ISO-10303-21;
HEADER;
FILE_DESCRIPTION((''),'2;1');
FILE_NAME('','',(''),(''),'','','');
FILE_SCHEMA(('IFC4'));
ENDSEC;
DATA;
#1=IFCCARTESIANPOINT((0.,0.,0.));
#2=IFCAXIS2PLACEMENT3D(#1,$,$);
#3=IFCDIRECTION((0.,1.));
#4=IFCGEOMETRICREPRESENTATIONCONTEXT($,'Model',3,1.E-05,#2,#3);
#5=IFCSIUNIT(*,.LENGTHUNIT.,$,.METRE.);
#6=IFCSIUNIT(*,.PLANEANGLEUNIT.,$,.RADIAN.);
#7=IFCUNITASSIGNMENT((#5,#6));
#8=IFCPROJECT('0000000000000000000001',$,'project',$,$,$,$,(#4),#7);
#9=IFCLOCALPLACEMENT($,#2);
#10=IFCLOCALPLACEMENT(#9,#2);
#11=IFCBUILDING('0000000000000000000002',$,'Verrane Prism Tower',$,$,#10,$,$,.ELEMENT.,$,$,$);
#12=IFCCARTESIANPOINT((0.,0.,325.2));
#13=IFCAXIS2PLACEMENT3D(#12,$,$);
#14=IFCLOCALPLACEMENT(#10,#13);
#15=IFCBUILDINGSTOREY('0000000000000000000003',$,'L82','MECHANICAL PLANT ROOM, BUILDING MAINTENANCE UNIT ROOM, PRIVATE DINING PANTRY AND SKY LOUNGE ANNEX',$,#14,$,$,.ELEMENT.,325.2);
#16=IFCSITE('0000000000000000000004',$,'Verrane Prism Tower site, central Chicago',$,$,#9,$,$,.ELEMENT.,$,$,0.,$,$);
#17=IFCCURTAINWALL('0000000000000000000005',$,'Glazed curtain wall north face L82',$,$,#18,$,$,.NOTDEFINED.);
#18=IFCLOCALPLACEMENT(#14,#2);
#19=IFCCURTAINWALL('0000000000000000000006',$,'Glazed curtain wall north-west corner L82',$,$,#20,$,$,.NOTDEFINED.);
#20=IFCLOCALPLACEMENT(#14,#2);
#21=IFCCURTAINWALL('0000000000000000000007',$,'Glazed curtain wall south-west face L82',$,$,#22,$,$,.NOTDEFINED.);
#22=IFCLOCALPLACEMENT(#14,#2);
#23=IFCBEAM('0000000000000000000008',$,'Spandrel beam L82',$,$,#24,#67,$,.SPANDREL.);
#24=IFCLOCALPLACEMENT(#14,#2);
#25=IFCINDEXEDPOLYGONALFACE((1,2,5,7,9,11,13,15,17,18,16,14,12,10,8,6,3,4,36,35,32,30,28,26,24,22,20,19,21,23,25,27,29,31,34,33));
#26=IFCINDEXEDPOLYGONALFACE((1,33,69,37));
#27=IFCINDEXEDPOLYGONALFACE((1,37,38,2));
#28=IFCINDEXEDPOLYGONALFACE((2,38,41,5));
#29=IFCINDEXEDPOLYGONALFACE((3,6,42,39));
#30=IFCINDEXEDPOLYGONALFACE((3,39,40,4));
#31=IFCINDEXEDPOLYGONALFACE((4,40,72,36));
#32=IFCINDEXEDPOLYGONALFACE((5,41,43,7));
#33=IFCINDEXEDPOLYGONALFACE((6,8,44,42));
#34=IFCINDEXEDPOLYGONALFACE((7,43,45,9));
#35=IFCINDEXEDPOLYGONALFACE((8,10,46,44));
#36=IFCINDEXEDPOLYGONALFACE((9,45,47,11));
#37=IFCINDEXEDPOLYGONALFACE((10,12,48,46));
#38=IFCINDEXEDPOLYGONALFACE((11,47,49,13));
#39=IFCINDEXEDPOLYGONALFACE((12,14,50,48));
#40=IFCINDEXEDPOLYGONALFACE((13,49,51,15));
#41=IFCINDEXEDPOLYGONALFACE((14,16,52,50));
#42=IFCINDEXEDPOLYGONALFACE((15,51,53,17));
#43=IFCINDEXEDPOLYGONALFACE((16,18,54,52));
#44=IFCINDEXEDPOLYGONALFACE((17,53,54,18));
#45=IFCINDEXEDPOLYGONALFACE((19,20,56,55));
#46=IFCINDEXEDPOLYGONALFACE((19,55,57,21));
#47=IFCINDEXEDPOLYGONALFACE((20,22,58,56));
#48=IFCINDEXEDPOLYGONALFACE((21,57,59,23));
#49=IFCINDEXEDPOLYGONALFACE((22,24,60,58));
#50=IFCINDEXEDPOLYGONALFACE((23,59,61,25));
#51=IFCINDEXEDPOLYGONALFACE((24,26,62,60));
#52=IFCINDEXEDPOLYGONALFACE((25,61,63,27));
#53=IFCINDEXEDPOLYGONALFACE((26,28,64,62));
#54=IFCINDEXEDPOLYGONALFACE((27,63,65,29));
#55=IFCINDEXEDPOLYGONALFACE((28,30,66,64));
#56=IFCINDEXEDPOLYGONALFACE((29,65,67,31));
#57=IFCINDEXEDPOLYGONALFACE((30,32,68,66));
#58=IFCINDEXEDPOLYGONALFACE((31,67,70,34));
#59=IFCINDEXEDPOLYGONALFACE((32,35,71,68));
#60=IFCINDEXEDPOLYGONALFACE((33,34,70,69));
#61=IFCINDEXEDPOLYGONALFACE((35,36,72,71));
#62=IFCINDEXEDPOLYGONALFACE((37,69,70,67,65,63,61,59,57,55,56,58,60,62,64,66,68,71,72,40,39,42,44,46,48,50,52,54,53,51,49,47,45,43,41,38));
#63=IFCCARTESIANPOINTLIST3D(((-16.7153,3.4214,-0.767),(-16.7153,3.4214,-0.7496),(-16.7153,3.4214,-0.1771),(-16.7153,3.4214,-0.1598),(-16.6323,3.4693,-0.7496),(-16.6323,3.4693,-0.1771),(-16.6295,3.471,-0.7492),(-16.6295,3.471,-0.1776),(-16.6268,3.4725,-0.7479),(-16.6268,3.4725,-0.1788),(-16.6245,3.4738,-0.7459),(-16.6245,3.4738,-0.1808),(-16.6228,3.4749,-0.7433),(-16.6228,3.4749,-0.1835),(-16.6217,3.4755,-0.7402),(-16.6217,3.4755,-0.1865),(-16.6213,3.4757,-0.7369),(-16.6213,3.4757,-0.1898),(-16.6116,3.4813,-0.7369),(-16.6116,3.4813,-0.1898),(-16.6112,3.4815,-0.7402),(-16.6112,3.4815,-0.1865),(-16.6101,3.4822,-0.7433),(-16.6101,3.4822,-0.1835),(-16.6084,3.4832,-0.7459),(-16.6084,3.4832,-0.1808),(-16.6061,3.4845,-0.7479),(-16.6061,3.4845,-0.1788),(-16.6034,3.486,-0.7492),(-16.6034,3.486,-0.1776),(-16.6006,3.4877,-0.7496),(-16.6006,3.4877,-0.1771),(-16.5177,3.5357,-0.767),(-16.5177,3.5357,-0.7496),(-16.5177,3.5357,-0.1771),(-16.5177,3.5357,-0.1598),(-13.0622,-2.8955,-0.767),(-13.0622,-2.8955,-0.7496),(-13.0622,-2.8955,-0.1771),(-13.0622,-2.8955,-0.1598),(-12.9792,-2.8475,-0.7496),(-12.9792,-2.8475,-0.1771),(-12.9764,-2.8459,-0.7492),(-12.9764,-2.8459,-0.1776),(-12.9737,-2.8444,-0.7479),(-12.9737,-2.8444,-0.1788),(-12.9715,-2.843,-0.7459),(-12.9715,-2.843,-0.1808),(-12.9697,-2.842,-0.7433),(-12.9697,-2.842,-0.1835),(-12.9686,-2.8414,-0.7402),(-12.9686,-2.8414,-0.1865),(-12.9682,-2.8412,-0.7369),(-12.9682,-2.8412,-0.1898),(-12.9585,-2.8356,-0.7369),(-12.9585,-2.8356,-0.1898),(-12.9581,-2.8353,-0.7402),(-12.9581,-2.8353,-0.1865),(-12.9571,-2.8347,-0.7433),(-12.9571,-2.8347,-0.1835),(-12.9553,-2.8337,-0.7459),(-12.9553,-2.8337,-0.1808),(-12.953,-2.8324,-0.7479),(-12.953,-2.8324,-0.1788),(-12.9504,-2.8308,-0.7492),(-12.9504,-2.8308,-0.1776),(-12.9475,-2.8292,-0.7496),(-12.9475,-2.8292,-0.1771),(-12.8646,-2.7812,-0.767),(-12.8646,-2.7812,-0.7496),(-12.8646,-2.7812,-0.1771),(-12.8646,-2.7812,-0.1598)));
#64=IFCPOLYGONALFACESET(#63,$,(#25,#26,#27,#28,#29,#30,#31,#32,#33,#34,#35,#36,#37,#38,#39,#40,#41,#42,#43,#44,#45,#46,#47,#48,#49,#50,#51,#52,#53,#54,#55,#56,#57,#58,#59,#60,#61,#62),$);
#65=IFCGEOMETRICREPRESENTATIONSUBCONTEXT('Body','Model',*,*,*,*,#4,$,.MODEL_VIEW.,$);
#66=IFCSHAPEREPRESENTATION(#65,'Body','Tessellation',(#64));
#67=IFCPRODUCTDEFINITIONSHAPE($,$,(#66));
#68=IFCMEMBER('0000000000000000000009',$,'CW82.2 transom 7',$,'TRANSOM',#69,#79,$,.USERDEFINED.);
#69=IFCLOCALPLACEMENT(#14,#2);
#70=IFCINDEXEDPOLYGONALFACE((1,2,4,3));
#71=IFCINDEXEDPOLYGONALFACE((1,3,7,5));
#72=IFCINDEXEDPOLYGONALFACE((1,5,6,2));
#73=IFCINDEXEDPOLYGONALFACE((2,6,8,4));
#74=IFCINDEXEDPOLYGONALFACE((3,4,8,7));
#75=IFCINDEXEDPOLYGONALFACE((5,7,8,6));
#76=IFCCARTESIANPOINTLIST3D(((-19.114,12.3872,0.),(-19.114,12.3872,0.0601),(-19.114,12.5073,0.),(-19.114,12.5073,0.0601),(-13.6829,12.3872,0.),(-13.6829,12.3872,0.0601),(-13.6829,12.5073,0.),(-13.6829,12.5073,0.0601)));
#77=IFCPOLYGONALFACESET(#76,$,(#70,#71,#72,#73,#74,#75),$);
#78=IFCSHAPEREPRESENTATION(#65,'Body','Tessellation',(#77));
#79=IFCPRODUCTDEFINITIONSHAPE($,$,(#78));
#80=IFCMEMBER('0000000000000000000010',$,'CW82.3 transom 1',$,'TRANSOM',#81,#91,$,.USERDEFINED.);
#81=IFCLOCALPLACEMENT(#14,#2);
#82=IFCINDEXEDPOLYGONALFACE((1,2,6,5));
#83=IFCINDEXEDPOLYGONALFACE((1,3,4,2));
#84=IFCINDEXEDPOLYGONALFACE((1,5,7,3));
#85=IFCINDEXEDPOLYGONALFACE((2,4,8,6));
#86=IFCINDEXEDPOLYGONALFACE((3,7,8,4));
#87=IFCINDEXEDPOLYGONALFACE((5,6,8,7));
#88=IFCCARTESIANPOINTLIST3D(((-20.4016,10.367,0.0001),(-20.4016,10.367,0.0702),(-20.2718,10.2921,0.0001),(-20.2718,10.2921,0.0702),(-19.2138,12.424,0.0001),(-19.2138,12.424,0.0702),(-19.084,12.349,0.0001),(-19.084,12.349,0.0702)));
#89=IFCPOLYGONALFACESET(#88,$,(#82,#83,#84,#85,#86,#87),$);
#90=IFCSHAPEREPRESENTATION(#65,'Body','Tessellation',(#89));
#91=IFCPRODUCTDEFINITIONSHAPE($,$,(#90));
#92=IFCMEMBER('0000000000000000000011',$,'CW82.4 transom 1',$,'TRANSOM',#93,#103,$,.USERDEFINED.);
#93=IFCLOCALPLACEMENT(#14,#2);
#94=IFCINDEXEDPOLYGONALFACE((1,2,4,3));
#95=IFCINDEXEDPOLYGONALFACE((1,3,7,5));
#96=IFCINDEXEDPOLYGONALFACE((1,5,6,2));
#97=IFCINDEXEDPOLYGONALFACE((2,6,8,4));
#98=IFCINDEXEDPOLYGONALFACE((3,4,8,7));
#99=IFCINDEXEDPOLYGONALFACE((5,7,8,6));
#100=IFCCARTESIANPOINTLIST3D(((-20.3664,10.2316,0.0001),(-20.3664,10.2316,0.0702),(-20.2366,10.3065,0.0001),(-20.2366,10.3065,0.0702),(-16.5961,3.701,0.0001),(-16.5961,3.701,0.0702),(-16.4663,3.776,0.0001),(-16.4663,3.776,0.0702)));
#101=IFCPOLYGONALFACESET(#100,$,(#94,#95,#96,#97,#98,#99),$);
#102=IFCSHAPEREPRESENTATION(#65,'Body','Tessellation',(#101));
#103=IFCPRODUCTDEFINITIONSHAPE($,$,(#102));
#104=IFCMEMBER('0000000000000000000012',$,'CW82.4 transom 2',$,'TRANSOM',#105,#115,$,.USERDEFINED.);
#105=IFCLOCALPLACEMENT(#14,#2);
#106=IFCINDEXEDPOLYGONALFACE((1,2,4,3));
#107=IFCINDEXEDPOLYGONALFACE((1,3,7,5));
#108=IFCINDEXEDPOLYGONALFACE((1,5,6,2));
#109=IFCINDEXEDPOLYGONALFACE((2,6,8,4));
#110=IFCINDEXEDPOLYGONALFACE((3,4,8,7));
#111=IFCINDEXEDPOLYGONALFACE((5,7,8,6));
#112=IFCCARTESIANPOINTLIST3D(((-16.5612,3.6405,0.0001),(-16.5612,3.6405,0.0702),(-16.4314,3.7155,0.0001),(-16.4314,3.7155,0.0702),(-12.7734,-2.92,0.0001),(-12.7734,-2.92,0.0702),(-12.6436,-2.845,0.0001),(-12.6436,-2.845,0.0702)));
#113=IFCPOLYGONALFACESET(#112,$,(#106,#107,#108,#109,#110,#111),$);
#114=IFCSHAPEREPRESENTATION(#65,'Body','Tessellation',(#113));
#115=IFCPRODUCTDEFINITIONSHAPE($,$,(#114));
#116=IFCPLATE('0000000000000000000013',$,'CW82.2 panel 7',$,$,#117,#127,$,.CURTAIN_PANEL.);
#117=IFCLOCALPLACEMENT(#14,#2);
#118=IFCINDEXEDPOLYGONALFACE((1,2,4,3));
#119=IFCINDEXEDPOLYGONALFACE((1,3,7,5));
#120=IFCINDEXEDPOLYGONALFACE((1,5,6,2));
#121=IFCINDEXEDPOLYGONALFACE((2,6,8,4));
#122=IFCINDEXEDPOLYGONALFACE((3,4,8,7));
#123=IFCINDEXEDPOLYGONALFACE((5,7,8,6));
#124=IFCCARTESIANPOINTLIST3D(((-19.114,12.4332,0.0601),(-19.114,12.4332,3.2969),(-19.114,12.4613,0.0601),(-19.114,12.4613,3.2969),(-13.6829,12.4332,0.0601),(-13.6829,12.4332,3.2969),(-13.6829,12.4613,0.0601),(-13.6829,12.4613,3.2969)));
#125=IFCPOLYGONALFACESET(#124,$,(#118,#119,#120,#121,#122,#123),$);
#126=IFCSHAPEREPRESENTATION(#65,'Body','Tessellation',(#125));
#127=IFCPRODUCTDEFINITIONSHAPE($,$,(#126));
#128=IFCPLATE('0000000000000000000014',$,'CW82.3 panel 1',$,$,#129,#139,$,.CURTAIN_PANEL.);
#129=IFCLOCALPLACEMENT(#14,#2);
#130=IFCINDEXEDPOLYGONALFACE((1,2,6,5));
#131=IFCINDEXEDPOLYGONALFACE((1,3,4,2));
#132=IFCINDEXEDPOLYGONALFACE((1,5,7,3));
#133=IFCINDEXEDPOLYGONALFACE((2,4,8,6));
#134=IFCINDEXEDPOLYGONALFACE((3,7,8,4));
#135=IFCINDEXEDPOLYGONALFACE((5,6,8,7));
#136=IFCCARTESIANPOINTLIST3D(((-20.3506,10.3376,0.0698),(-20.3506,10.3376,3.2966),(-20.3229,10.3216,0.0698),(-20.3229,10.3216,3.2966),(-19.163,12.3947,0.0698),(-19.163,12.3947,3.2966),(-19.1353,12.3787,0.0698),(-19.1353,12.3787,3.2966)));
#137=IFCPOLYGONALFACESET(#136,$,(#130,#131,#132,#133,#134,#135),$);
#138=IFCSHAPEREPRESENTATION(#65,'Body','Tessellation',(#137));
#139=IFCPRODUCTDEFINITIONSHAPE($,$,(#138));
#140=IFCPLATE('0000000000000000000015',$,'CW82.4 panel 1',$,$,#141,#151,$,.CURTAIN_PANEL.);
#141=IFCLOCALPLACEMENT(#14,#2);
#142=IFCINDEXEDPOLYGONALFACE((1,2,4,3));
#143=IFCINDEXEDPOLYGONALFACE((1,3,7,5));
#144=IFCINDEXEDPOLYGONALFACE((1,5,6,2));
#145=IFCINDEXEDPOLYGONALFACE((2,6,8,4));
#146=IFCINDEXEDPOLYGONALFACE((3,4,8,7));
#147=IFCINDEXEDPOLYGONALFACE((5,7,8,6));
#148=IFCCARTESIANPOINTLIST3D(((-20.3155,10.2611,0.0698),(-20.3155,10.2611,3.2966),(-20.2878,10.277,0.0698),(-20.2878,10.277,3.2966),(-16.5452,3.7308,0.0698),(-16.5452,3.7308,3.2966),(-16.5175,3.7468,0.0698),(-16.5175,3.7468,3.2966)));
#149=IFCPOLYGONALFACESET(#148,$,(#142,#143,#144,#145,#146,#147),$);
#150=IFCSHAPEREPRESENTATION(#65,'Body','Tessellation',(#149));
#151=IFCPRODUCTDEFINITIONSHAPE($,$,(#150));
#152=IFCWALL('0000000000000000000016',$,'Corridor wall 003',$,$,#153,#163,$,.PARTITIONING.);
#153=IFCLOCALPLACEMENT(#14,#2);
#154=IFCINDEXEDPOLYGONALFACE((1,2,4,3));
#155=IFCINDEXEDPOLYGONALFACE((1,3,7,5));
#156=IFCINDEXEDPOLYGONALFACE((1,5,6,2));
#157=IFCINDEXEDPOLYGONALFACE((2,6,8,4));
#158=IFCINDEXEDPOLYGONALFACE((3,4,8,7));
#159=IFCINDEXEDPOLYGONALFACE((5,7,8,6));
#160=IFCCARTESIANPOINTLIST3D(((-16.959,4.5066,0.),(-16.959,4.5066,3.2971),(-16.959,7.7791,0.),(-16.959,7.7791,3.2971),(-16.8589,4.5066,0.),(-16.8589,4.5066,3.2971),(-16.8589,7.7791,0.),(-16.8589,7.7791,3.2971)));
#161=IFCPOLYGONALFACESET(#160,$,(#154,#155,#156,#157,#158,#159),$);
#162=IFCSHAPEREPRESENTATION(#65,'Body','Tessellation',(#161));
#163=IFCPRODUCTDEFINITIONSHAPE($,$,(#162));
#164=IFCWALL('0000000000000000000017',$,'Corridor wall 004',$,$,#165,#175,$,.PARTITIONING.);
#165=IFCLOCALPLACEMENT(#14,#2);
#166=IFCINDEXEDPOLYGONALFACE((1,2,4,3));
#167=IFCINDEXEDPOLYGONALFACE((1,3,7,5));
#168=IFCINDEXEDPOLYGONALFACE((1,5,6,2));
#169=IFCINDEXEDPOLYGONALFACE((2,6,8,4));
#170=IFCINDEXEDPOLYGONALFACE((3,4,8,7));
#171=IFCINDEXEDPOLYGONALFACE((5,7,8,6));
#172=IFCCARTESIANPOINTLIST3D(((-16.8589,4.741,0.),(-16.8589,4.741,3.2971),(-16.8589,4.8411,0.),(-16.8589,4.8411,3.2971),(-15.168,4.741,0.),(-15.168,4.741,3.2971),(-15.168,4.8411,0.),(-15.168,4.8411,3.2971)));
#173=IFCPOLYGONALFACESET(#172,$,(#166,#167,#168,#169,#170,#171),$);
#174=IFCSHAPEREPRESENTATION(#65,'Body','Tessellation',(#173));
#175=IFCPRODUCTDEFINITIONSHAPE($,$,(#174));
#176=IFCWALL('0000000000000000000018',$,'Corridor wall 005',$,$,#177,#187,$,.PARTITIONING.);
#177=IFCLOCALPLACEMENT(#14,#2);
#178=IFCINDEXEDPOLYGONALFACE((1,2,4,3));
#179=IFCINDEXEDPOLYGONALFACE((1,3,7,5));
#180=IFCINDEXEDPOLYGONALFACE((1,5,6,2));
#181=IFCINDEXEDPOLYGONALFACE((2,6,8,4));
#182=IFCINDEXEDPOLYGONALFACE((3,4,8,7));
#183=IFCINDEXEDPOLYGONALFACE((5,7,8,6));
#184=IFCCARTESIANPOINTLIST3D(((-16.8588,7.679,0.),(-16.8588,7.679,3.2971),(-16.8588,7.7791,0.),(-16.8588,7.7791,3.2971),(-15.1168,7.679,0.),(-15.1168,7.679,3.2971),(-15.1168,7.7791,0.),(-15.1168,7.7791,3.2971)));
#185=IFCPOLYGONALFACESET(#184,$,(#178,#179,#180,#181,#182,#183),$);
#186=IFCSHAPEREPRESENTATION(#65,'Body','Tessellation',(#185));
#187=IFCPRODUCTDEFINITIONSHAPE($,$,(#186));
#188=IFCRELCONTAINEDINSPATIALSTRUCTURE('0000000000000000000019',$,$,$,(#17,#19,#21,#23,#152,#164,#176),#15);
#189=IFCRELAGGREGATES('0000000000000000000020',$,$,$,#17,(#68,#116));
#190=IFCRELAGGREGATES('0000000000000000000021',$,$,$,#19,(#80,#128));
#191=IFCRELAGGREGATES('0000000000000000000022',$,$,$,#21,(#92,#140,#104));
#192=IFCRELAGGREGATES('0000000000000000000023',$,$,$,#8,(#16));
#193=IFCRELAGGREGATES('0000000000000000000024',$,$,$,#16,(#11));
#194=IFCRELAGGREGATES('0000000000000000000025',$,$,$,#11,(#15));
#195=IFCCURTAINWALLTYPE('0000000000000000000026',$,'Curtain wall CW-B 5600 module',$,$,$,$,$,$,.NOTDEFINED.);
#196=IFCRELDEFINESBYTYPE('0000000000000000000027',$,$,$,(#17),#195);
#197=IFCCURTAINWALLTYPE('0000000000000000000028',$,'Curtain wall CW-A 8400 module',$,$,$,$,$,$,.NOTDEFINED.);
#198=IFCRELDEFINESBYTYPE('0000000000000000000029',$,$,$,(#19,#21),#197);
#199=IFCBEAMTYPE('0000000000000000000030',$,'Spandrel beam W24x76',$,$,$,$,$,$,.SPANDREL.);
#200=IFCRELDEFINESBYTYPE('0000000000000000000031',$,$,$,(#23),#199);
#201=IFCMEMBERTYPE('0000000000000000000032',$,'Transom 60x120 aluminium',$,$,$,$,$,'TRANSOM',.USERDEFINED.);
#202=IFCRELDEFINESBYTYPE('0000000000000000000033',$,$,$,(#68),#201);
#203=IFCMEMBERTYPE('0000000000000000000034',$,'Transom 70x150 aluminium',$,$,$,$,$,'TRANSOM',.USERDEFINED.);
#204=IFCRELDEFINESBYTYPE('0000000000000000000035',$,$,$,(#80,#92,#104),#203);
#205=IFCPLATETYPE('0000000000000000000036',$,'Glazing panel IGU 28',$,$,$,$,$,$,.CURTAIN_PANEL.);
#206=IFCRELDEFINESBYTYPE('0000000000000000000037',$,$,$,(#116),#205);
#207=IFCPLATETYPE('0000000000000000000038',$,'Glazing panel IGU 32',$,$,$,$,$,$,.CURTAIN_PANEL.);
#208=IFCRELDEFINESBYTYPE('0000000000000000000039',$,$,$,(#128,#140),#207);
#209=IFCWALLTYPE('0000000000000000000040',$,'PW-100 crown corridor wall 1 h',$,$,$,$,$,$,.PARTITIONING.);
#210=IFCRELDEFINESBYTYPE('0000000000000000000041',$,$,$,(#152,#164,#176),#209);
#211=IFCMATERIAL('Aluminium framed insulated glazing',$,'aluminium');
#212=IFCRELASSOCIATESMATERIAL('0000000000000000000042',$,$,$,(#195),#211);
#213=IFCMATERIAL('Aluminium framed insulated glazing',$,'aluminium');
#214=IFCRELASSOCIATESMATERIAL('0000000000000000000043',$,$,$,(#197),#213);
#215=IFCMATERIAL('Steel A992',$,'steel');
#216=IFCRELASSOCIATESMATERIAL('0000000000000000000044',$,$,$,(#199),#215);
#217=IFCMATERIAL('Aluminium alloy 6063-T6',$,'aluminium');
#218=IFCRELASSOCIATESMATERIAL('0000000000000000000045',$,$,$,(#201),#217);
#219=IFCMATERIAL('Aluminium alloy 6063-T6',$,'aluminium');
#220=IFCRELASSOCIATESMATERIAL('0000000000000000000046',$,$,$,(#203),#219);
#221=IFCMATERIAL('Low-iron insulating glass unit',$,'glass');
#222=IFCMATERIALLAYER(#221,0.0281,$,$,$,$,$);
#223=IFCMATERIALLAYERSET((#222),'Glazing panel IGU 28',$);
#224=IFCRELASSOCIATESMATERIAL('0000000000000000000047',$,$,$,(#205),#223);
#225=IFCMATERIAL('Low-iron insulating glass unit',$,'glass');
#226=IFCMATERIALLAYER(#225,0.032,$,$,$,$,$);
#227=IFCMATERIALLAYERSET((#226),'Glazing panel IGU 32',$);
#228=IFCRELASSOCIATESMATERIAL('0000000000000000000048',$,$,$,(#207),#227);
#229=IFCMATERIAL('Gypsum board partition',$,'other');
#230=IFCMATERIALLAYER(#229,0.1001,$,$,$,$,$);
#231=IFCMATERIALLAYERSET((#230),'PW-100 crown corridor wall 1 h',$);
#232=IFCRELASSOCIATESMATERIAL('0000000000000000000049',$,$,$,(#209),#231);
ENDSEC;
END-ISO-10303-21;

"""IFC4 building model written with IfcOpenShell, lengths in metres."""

from ifc_helpers import new_model, si_unit, direction, frame, frame_2d, origin, origin_2d, place, context, subcontext, project, spatial, rectangle, i_section, extrude, material, layer, layer_set, material_profile, profile_set, type_object, element, aggregate, save


model = new_model("IFC4")

# Units and contexts
model_context = context("Model", 3, precision=1e-05, world=origin(), true_north=direction((0.0, 1.0)))
body_context = subcontext(model_context, "Body", "Model", "MODEL_VIEW")
ifc_project = project(units=[si_unit("LENGTHUNIT", "METRE"), si_unit("PLANEANGLEUNIT", "RADIAN")], contexts=[model_context])

# Site, building, storey
site_placement = place(None, origin())
site = spatial("IfcSite", under=ifc_project, at=site_placement, Name="Verrane Prism Tower site, central Chicago", CompositionType="ELEMENT", RefElevation=0.0)
building_placement = place(site_placement, origin())
building = spatial("IfcBuilding", under=site, at=building_placement, Name="Verrane Prism Tower", CompositionType="ELEMENT")
storey_placement = place(building_placement, frame((0.0, 0.0, 325.2)))
storey = spatial("IfcBuildingStorey", under=building, at=storey_placement, Name="L82", Description="MECHANICAL PLANT ROOM, BUILDING MAINTENANCE UNIT ROOM, PRIVATE DINING PANTRY AND SKY LOUNGE ANNEX", CompositionType="ELEMENT", Elevation=325.2)

# Curtain walls
ifc_material_1 = material(Name="Aluminium framed insulated glazing", Category="aluminium")
curtain_wall_type_1 = type_object("IfcCurtainWallType", Name="Curtain wall CW-B 5600 module", PredefinedType="NOTDEFINED", material=ifc_material_1)
curtain_wall_1_placement = place(storey_placement, origin())
curtain_wall_1 = element("IfcCurtainWall", 1, at=curtain_wall_1_placement, inside=storey, type_object=curtain_wall_type_1, Name="Glazed curtain wall north face L82", PredefinedType="NOTDEFINED")
ifc_material_2 = material(Name="Aluminium framed insulated glazing", Category="aluminium")
curtain_wall_type_2 = type_object("IfcCurtainWallType", Name="Curtain wall CW-A 8400 module", PredefinedType="NOTDEFINED", material=ifc_material_2)
curtain_wall_2_placement = place(storey_placement, origin())
curtain_wall_2 = element("IfcCurtainWall", 2, at=curtain_wall_2_placement, inside=storey, type_object=curtain_wall_type_2, Name="Glazed curtain wall north-west corner L82", PredefinedType="NOTDEFINED")

# Curtain wall
curtain_wall_3_placement = place(storey_placement, origin())
curtain_wall_3 = element("IfcCurtainWall", 3, at=curtain_wall_3_placement, inside=storey, type_object=curtain_wall_type_2, Name="Glazed curtain wall south-west face L82", PredefinedType="NOTDEFINED")

# Beam
ifc_material_3 = material(Name="Steel A992", Category="steel")
ifc_material_profile_1 = material_profile(ifc_material_3, i_section(OverallWidth=0.2283, OverallDepth=0.6072, WebThickness=0.0112, FlangeThickness=0.0173, FilletRadius=0.0127, at=origin_2d()), Name="W24x76")
ifc_profile_set_1 = profile_set([ifc_material_profile_1], Name="Steel A992")
beam_type_1 = type_object("IfcBeamType", Name="Spandrel beam W24x76", PredefinedType="SPANDREL", material=ifc_profile_set_1)
beam_1_placement = place(storey_placement, frame((-16.6165, 3.4785, -0.4634), z_axis=(0.500618, -0.865668, 0.0), x_axis=(0.865668, 0.500618, 0.0)))
element("IfcBeam", 4, at=beam_1_placement, inside=storey, type_object=beam_type_1, Name="Spandrel beam L82", PredefinedType="SPANDREL", context=body_context, shape_type="SweptSolid", body=[
    extrude(i_section(OverallWidth=0.2283, OverallDepth=0.6072, WebThickness=0.0112, FlangeThickness=0.0173, FilletRadius=0.0127, at=origin_2d()), origin(), (0.0, 0.0, 1.0), 7.2971),
])

# Members
ifc_material_4 = material(Name="Aluminium alloy 6063-T6", Category="aluminium")
ifc_material_profile_2 = material_profile(ifc_material_4, rectangle(XDim=0.1201, YDim=0.0601, at=origin_2d()), Name="Transom 60x120 aluminium")
ifc_profile_set_2 = profile_set([ifc_material_profile_2], Name="Aluminium alloy 6063-T6")
member_type_1 = type_object("IfcMemberType", Name="Transom 60x120 aluminium", ElementType="TRANSOM", PredefinedType="USERDEFINED", material=ifc_profile_set_2)
member_1_placement = place(storey_placement, frame((-13.6829, 12.4473, 0.03), z_axis=(-1.0, 0.0, 0.0), x_axis=(0.0, -1.0, 0.0)))
member_1 = element("IfcMember", 5, at=member_1_placement, type_object=member_type_1, Name="CW82.2 transom 7", ObjectType="TRANSOM", PredefinedType="USERDEFINED", context=body_context, shape_type="SweptSolid", body=[
    extrude(rectangle(XDim=0.1201, YDim=0.0601, at=origin_2d()), origin(), (0.0, 0.0, 1.0), 5.4312),
])
ifc_material_5 = material(Name="Aluminium alloy 6063-T6", Category="aluminium")
ifc_material_profile_3 = material_profile(ifc_material_5, rectangle(XDim=0.1499, YDim=0.0701, at=origin_2d()), Name="Transom 70x150 aluminium")
ifc_profile_set_3 = profile_set([ifc_material_profile_3], Name="Aluminium alloy 6063-T6")
member_type_2 = type_object("IfcMemberType", Name="Transom 70x150 aluminium", ElementType="TRANSOM", PredefinedType="USERDEFINED", material=ifc_profile_set_3)
member_2_placement = place(storey_placement, frame((-19.1489, 12.3865, 0.0352), z_axis=(-0.500064, -0.865989, 0.0), x_axis=(0.865989, -0.500064, 0.0)))
member_2 = element("IfcMember", 6, at=member_2_placement, type_object=member_type_2, Name="CW82.3 transom 1", ObjectType="TRANSOM", PredefinedType="USERDEFINED", context=body_context, shape_type="SweptSolid", body=[
    extrude(rectangle(XDim=0.1499, YDim=0.0701, at=origin_2d()), origin(), (0.0, 0.0, 1.0), 2.3752),
])
member_3_placement = place(storey_placement, frame((-20.3015, 10.269, 0.0352), z_axis=(0.499987, -0.866033, 0.0), x_axis=(0.866033, 0.499987, 0.0)))
member_3 = element("IfcMember", 7, at=member_3_placement, type_object=member_type_2, Name="CW82.4 transom 1", ObjectType="TRANSOM", PredefinedType="USERDEFINED", context=body_context, shape_type="SweptSolid", body=[
    extrude(rectangle(XDim=0.1499, YDim=0.0701, at=origin_2d()), origin(), (0.0, 0.0, 1.0), 7.5408),
])
member_4_placement = place(storey_placement, frame((-16.4963, 3.678, 0.0352), z_axis=(0.500011, -0.866019, 0.0), x_axis=(0.866019, 0.500011, 0.0)))
member_4 = element("IfcMember", 8, at=member_4_placement, type_object=member_type_2, Name="CW82.4 transom 2", ObjectType="TRANSOM", PredefinedType="USERDEFINED", context=body_context, shape_type="SweptSolid", body=[
    extrude(rectangle(XDim=0.1499, YDim=0.0701, at=origin_2d()), origin(), (0.0, 0.0, 1.0), 7.5754),
])

# Plates
ifc_material_6 = material(Name="Low-iron insulating glass unit", Category="glass")
ifc_layer_1 = layer(ifc_material_6, 0.0281)
ifc_layer_set_1 = layer_set([ifc_layer_1], Name="Glazing panel IGU 28")
plate_type_1 = type_object("IfcPlateType", Name="Glazing panel IGU 28", PredefinedType="CURTAIN_PANEL", material=ifc_layer_set_1)
plate_1_placement = place(storey_placement, frame((-16.3984, 12.4473, 0.0601), z_axis=(0.0, 0.0, 1.0), x_axis=(-1.0, 0.0, 0.0)))
plate_1 = element("IfcPlate", 9, at=plate_1_placement, type_object=plate_type_1, Name="CW82.2 panel 7", PredefinedType="CURTAIN_PANEL", context=body_context, shape_type="SweptSolid", body=[
    extrude(rectangle(XDim=5.4312, YDim=0.0281, at=origin_2d()), origin(), (0.0, 0.0, 1.0), 3.2368),
])
aggregate(curtain_wall_1, [member_1, plate_1])
ifc_material_7 = material(Name="Low-iron insulating glass unit", Category="glass")
ifc_layer_2 = layer(ifc_material_7, 0.032)
ifc_layer_set_2 = layer_set([ifc_layer_2], Name="Glazing panel IGU 32")
plate_type_2 = type_object("IfcPlateType", Name="Glazing panel IGU 32", PredefinedType="CURTAIN_PANEL", material=ifc_layer_set_2)
plate_2_placement = place(storey_placement, frame((-19.7429, 11.3582, 0.0698), z_axis=(0.0, 0.0, 1.0), x_axis=(-0.500001, -0.866025, 0.0)))
plate_2 = element("IfcPlate", 10, at=plate_2_placement, type_object=plate_type_2, Name="CW82.3 panel 1", PredefinedType="CURTAIN_PANEL", context=body_context, shape_type="SweptSolid", body=[
    extrude(rectangle(XDim=2.3752, YDim=0.032, at=origin_2d()), origin(), (0.0, 0.0, 1.0), 3.2268),
])
aggregate(curtain_wall_2, [member_2, plate_2])
plate_3_placement = place(storey_placement, frame((-18.4165, 7.0039, 0.0698), z_axis=(0.0, 0.0, 1.0), x_axis=(0.5, -0.866025, 0.0)))
plate_3 = element("IfcPlate", 11, at=plate_3_placement, type_object=plate_type_2, Name="CW82.4 panel 1", PredefinedType="CURTAIN_PANEL", context=body_context, shape_type="SweptSolid", body=[
    extrude(rectangle(XDim=7.5405, YDim=0.032, at=origin_2d()), origin(), (0.0, 0.0, 1.0), 3.2268),
])
aggregate(curtain_wall_3, [member_3, plate_3, member_4])

# Walls
ifc_material_8 = material(Name="Gypsum board partition", Category="other")
ifc_layer_3 = layer(ifc_material_8, 0.1001)
ifc_layer_set_3 = layer_set([ifc_layer_3], Name="PW-100 crown corridor wall 1 h")
wall_type_1 = type_object("IfcWallType", Name="PW-100 crown corridor wall 1 h", PredefinedType="PARTITIONING", material=ifc_layer_set_3)
wall_1_placement = place(storey_placement, frame((-16.9089, 4.5066, 0.0), z_axis=(0.0, 0.0, 1.0), x_axis=(0.0, 1.0, 0.0)))
element("IfcWall", 12, at=wall_1_placement, inside=storey, type_object=wall_type_1, Name="Corridor wall 003", PredefinedType="PARTITIONING", context=body_context, shape_type="SweptSolid", body=[
    extrude(rectangle(XDim=3.2725, YDim=0.1001, at=frame_2d((1.6362, 0.0))), origin(), (0.0, 0.0, 1.0), 3.2971),
])
wall_2_placement = place(storey_placement, frame((-16.8589, 4.791, 0.0), z_axis=(0.0, 0.0, 1.0), x_axis=(1.0, 0.0, 0.0)))
element("IfcWall", 13, at=wall_2_placement, inside=storey, type_object=wall_type_1, Name="Corridor wall 004", PredefinedType="PARTITIONING", context=body_context, shape_type="SweptSolid", body=[
    extrude(rectangle(XDim=1.6909, YDim=0.1001, at=frame_2d((0.8455, 0.0))), origin(), (0.0, 0.0, 1.0), 3.2971),
])
wall_3_placement = place(storey_placement, frame((-16.8589, 7.729, 0.0), z_axis=(0.0, 0.0, 1.0), x_axis=(1.0, 0.0, 0.0)))
element("IfcWall", 14, at=wall_3_placement, inside=storey, type_object=wall_type_1, Name="Corridor wall 005", PredefinedType="PARTITIONING", context=body_context, shape_type="SweptSolid", body=[
    extrude(rectangle(XDim=1.7419, YDim=0.1001, at=frame_2d((0.8711, 0.0))), origin(), (0.0, 0.0, 1.0), 3.2971),
])

save(model, "model.ifc")
